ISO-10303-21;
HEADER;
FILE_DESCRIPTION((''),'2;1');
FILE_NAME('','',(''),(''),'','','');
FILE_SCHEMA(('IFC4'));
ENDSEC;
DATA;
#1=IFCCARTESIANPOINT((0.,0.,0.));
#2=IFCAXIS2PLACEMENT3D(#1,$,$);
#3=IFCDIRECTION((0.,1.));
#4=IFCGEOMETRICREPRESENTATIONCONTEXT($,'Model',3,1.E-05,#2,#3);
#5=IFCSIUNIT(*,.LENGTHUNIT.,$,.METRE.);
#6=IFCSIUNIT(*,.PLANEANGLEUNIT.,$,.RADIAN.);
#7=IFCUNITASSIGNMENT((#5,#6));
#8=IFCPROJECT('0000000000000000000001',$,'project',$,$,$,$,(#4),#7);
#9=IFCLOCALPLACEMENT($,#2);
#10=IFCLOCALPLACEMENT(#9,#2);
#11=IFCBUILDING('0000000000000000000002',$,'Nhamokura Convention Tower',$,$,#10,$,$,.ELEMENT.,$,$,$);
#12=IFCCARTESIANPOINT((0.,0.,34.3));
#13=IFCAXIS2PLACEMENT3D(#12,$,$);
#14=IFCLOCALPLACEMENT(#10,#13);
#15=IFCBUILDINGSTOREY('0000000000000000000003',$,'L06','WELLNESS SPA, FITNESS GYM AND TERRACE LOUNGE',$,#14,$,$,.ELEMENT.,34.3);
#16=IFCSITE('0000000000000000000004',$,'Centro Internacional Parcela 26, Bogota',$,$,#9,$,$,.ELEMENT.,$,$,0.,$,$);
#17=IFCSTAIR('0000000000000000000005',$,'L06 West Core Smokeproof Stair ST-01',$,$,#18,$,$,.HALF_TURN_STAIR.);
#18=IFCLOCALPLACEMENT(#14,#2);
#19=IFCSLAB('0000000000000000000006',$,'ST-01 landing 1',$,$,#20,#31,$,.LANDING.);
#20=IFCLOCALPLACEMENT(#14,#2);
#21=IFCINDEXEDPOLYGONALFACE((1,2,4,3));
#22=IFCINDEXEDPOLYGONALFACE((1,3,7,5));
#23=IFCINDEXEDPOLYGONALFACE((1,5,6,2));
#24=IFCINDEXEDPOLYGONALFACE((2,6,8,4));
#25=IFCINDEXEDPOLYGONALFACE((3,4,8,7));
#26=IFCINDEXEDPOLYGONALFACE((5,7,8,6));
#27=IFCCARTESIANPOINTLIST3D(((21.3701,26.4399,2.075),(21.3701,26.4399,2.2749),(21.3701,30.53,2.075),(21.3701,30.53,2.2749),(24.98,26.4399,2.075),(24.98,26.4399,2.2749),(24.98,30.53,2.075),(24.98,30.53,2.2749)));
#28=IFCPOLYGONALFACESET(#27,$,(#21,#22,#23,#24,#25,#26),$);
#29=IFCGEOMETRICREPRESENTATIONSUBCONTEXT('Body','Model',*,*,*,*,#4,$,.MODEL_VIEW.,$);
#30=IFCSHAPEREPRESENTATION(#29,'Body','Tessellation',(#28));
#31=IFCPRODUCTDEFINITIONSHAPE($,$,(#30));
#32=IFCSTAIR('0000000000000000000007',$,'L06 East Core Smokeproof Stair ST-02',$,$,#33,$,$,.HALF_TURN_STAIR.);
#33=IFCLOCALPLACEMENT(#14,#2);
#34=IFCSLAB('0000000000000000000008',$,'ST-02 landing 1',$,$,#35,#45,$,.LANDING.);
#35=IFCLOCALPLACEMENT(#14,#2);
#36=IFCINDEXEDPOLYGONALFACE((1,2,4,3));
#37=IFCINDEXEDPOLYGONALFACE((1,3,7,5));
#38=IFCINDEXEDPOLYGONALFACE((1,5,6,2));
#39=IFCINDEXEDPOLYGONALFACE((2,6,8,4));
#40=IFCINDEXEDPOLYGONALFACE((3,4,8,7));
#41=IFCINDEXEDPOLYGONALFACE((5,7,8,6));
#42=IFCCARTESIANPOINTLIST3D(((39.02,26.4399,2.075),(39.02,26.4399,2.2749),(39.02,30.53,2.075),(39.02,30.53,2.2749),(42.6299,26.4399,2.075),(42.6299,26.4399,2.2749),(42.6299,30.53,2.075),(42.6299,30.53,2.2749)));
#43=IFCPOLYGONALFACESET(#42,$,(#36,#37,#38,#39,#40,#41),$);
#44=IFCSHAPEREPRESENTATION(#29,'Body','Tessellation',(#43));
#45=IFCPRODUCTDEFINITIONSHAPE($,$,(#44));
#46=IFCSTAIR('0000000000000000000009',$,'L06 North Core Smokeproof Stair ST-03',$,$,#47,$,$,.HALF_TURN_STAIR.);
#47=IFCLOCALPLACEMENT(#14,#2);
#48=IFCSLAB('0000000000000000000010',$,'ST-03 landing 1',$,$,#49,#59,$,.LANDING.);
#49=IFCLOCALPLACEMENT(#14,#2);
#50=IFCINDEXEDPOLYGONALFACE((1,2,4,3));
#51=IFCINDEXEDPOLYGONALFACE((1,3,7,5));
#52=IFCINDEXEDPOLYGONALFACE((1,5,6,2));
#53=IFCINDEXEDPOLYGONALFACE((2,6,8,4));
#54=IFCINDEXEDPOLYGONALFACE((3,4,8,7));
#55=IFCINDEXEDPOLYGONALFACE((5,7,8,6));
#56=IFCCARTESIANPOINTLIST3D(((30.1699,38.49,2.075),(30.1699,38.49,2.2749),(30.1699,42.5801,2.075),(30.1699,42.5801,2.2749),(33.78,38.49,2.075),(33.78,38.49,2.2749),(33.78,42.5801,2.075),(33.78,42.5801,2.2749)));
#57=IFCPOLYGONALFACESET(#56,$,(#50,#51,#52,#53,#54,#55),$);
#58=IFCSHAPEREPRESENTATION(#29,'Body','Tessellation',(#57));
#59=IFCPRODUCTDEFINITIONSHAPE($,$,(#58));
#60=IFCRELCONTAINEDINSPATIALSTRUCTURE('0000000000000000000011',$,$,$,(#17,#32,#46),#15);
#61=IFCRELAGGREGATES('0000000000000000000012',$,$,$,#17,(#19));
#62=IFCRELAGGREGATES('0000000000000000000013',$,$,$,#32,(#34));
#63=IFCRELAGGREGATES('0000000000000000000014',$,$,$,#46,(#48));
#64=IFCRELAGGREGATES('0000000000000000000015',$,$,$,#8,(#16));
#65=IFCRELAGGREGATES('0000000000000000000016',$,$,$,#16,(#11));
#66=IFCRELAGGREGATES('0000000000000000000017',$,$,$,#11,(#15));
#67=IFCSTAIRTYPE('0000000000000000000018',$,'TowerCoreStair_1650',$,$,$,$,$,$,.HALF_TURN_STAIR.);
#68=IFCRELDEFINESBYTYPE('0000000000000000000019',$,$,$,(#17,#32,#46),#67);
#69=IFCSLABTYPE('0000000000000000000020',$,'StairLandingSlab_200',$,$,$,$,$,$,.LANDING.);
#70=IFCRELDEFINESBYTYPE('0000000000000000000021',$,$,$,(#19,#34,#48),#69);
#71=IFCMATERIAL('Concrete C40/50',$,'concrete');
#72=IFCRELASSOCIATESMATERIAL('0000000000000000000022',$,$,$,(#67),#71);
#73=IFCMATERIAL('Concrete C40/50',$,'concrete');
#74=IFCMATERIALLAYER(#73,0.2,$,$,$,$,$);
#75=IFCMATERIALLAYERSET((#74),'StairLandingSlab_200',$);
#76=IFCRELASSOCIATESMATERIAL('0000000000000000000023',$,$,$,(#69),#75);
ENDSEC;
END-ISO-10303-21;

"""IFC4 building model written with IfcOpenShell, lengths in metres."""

from ifc_helpers import new_model, si_unit, direction, frame, origin, place, context, subcontext, project, spatial, polyline, outline, extrude, material, layer, layer_set, type_object, element, aggregate, save


model = new_model("IFC4")

# Units and contexts
model_context = context("Model", 3, precision=1e-05, world=origin(), true_north=direction((0.0, 1.0)))
body_context = subcontext(model_context, "Body", "Model", "MODEL_VIEW")
ifc_project = project(units=[si_unit("LENGTHUNIT", "METRE"), si_unit("PLANEANGLEUNIT", "RADIAN")], contexts=[model_context])

# Site, building, storey
site_placement = place(None, origin())
site = spatial("IfcSite", under=ifc_project, at=site_placement, Name="Centro Internacional Parcela 26, Bogota", CompositionType="ELEMENT", RefElevation=0.0)
building_placement = place(site_placement, origin())
building = spatial("IfcBuilding", under=site, at=building_placement, Name="Nhamokura Convention Tower", CompositionType="ELEMENT")
storey_placement = place(building_placement, frame((0.0, 0.0, 34.3)))
storey = spatial("IfcBuildingStorey", under=building, at=storey_placement, Name="L06", Description="WELLNESS SPA, FITNESS GYM AND TERRACE LOUNGE", CompositionType="ELEMENT", Elevation=34.3)

# Stairs, slabs
ifc_material_1 = material(Name="Concrete C40/50", Category="concrete")
stair_type = type_object("IfcStairType", Name="TowerCoreStair_1650", PredefinedType="HALF_TURN_STAIR", material=ifc_material_1)
stair_1_placement = place(storey_placement, origin())
stair_1 = element("IfcStair", 1, at=stair_1_placement, inside=storey, type_object=stair_type, Name="L06 West Core Smokeproof Stair ST-01", PredefinedType="HALF_TURN_STAIR")
ifc_material_2 = material(Name="Concrete C40/50", Category="concrete")
ifc_layer_1 = layer(ifc_material_2, 0.2)
ifc_layer_set_1 = layer_set([ifc_layer_1], Name="StairLandingSlab_200")
slab_type_1 = type_object("IfcSlabType", Name="StairLandingSlab_200", PredefinedType="LANDING", material=ifc_layer_set_1)
slab_1_placement = place(storey_placement, frame((0.0, 0.0, 2.075)))
slab_1 = element("IfcSlab", 2, at=slab_1_placement, type_object=slab_type_1, Name="ST-01 landing 1", PredefinedType="LANDING", context=body_context, shape_type="SweptSolid", body=[
    extrude(outline(polyline([(24.98, 26.4399), (24.98, 30.53), (21.3701, 30.53), (21.3701, 26.4399), (24.98, 26.4399)])), origin(), (0.0, 0.0, 1.0), 0.2),
])
aggregate(stair_1, [slab_1])
stair_2_placement = place(storey_placement, origin())
stair_2 = element("IfcStair", 3, at=stair_2_placement, inside=storey, type_object=stair_type, Name="L06 East Core Smokeproof Stair ST-02", PredefinedType="HALF_TURN_STAIR")
slab_2_placement = place(storey_placement, frame((0.0, 0.0, 2.075)))
slab_2 = element("IfcSlab", 4, at=slab_2_placement, type_object=slab_type_1, Name="ST-02 landing 1", PredefinedType="LANDING", context=body_context, shape_type="SweptSolid", body=[
    extrude(outline(polyline([(42.6299, 26.4399), (42.6299, 30.53), (39.02, 30.53), (39.02, 26.4399), (42.6299, 26.4399)])), origin(), (0.0, 0.0, 1.0), 0.2),
])
aggregate(stair_2, [slab_2])
stair_3_placement = place(storey_placement, origin())
stair_3 = element("IfcStair", 5, at=stair_3_placement, inside=storey, type_object=stair_type, Name="L06 North Core Smokeproof Stair ST-03", PredefinedType="HALF_TURN_STAIR")
slab_3_placement = place(storey_placement, frame((0.0, 0.0, 2.075)))
slab_3 = element("IfcSlab", 6, at=slab_3_placement, type_object=slab_type_1, Name="ST-03 landing 1", PredefinedType="LANDING", context=body_context, shape_type="SweptSolid", body=[
    extrude(outline(polyline([(33.78, 38.49), (33.78, 42.5801), (30.1699, 42.5801), (30.1699, 38.49), (33.78, 38.49)])), origin(), (0.0, 0.0, 1.0), 0.2),
])
aggregate(stair_3, [slab_3])

save(model, "model.ifc")
